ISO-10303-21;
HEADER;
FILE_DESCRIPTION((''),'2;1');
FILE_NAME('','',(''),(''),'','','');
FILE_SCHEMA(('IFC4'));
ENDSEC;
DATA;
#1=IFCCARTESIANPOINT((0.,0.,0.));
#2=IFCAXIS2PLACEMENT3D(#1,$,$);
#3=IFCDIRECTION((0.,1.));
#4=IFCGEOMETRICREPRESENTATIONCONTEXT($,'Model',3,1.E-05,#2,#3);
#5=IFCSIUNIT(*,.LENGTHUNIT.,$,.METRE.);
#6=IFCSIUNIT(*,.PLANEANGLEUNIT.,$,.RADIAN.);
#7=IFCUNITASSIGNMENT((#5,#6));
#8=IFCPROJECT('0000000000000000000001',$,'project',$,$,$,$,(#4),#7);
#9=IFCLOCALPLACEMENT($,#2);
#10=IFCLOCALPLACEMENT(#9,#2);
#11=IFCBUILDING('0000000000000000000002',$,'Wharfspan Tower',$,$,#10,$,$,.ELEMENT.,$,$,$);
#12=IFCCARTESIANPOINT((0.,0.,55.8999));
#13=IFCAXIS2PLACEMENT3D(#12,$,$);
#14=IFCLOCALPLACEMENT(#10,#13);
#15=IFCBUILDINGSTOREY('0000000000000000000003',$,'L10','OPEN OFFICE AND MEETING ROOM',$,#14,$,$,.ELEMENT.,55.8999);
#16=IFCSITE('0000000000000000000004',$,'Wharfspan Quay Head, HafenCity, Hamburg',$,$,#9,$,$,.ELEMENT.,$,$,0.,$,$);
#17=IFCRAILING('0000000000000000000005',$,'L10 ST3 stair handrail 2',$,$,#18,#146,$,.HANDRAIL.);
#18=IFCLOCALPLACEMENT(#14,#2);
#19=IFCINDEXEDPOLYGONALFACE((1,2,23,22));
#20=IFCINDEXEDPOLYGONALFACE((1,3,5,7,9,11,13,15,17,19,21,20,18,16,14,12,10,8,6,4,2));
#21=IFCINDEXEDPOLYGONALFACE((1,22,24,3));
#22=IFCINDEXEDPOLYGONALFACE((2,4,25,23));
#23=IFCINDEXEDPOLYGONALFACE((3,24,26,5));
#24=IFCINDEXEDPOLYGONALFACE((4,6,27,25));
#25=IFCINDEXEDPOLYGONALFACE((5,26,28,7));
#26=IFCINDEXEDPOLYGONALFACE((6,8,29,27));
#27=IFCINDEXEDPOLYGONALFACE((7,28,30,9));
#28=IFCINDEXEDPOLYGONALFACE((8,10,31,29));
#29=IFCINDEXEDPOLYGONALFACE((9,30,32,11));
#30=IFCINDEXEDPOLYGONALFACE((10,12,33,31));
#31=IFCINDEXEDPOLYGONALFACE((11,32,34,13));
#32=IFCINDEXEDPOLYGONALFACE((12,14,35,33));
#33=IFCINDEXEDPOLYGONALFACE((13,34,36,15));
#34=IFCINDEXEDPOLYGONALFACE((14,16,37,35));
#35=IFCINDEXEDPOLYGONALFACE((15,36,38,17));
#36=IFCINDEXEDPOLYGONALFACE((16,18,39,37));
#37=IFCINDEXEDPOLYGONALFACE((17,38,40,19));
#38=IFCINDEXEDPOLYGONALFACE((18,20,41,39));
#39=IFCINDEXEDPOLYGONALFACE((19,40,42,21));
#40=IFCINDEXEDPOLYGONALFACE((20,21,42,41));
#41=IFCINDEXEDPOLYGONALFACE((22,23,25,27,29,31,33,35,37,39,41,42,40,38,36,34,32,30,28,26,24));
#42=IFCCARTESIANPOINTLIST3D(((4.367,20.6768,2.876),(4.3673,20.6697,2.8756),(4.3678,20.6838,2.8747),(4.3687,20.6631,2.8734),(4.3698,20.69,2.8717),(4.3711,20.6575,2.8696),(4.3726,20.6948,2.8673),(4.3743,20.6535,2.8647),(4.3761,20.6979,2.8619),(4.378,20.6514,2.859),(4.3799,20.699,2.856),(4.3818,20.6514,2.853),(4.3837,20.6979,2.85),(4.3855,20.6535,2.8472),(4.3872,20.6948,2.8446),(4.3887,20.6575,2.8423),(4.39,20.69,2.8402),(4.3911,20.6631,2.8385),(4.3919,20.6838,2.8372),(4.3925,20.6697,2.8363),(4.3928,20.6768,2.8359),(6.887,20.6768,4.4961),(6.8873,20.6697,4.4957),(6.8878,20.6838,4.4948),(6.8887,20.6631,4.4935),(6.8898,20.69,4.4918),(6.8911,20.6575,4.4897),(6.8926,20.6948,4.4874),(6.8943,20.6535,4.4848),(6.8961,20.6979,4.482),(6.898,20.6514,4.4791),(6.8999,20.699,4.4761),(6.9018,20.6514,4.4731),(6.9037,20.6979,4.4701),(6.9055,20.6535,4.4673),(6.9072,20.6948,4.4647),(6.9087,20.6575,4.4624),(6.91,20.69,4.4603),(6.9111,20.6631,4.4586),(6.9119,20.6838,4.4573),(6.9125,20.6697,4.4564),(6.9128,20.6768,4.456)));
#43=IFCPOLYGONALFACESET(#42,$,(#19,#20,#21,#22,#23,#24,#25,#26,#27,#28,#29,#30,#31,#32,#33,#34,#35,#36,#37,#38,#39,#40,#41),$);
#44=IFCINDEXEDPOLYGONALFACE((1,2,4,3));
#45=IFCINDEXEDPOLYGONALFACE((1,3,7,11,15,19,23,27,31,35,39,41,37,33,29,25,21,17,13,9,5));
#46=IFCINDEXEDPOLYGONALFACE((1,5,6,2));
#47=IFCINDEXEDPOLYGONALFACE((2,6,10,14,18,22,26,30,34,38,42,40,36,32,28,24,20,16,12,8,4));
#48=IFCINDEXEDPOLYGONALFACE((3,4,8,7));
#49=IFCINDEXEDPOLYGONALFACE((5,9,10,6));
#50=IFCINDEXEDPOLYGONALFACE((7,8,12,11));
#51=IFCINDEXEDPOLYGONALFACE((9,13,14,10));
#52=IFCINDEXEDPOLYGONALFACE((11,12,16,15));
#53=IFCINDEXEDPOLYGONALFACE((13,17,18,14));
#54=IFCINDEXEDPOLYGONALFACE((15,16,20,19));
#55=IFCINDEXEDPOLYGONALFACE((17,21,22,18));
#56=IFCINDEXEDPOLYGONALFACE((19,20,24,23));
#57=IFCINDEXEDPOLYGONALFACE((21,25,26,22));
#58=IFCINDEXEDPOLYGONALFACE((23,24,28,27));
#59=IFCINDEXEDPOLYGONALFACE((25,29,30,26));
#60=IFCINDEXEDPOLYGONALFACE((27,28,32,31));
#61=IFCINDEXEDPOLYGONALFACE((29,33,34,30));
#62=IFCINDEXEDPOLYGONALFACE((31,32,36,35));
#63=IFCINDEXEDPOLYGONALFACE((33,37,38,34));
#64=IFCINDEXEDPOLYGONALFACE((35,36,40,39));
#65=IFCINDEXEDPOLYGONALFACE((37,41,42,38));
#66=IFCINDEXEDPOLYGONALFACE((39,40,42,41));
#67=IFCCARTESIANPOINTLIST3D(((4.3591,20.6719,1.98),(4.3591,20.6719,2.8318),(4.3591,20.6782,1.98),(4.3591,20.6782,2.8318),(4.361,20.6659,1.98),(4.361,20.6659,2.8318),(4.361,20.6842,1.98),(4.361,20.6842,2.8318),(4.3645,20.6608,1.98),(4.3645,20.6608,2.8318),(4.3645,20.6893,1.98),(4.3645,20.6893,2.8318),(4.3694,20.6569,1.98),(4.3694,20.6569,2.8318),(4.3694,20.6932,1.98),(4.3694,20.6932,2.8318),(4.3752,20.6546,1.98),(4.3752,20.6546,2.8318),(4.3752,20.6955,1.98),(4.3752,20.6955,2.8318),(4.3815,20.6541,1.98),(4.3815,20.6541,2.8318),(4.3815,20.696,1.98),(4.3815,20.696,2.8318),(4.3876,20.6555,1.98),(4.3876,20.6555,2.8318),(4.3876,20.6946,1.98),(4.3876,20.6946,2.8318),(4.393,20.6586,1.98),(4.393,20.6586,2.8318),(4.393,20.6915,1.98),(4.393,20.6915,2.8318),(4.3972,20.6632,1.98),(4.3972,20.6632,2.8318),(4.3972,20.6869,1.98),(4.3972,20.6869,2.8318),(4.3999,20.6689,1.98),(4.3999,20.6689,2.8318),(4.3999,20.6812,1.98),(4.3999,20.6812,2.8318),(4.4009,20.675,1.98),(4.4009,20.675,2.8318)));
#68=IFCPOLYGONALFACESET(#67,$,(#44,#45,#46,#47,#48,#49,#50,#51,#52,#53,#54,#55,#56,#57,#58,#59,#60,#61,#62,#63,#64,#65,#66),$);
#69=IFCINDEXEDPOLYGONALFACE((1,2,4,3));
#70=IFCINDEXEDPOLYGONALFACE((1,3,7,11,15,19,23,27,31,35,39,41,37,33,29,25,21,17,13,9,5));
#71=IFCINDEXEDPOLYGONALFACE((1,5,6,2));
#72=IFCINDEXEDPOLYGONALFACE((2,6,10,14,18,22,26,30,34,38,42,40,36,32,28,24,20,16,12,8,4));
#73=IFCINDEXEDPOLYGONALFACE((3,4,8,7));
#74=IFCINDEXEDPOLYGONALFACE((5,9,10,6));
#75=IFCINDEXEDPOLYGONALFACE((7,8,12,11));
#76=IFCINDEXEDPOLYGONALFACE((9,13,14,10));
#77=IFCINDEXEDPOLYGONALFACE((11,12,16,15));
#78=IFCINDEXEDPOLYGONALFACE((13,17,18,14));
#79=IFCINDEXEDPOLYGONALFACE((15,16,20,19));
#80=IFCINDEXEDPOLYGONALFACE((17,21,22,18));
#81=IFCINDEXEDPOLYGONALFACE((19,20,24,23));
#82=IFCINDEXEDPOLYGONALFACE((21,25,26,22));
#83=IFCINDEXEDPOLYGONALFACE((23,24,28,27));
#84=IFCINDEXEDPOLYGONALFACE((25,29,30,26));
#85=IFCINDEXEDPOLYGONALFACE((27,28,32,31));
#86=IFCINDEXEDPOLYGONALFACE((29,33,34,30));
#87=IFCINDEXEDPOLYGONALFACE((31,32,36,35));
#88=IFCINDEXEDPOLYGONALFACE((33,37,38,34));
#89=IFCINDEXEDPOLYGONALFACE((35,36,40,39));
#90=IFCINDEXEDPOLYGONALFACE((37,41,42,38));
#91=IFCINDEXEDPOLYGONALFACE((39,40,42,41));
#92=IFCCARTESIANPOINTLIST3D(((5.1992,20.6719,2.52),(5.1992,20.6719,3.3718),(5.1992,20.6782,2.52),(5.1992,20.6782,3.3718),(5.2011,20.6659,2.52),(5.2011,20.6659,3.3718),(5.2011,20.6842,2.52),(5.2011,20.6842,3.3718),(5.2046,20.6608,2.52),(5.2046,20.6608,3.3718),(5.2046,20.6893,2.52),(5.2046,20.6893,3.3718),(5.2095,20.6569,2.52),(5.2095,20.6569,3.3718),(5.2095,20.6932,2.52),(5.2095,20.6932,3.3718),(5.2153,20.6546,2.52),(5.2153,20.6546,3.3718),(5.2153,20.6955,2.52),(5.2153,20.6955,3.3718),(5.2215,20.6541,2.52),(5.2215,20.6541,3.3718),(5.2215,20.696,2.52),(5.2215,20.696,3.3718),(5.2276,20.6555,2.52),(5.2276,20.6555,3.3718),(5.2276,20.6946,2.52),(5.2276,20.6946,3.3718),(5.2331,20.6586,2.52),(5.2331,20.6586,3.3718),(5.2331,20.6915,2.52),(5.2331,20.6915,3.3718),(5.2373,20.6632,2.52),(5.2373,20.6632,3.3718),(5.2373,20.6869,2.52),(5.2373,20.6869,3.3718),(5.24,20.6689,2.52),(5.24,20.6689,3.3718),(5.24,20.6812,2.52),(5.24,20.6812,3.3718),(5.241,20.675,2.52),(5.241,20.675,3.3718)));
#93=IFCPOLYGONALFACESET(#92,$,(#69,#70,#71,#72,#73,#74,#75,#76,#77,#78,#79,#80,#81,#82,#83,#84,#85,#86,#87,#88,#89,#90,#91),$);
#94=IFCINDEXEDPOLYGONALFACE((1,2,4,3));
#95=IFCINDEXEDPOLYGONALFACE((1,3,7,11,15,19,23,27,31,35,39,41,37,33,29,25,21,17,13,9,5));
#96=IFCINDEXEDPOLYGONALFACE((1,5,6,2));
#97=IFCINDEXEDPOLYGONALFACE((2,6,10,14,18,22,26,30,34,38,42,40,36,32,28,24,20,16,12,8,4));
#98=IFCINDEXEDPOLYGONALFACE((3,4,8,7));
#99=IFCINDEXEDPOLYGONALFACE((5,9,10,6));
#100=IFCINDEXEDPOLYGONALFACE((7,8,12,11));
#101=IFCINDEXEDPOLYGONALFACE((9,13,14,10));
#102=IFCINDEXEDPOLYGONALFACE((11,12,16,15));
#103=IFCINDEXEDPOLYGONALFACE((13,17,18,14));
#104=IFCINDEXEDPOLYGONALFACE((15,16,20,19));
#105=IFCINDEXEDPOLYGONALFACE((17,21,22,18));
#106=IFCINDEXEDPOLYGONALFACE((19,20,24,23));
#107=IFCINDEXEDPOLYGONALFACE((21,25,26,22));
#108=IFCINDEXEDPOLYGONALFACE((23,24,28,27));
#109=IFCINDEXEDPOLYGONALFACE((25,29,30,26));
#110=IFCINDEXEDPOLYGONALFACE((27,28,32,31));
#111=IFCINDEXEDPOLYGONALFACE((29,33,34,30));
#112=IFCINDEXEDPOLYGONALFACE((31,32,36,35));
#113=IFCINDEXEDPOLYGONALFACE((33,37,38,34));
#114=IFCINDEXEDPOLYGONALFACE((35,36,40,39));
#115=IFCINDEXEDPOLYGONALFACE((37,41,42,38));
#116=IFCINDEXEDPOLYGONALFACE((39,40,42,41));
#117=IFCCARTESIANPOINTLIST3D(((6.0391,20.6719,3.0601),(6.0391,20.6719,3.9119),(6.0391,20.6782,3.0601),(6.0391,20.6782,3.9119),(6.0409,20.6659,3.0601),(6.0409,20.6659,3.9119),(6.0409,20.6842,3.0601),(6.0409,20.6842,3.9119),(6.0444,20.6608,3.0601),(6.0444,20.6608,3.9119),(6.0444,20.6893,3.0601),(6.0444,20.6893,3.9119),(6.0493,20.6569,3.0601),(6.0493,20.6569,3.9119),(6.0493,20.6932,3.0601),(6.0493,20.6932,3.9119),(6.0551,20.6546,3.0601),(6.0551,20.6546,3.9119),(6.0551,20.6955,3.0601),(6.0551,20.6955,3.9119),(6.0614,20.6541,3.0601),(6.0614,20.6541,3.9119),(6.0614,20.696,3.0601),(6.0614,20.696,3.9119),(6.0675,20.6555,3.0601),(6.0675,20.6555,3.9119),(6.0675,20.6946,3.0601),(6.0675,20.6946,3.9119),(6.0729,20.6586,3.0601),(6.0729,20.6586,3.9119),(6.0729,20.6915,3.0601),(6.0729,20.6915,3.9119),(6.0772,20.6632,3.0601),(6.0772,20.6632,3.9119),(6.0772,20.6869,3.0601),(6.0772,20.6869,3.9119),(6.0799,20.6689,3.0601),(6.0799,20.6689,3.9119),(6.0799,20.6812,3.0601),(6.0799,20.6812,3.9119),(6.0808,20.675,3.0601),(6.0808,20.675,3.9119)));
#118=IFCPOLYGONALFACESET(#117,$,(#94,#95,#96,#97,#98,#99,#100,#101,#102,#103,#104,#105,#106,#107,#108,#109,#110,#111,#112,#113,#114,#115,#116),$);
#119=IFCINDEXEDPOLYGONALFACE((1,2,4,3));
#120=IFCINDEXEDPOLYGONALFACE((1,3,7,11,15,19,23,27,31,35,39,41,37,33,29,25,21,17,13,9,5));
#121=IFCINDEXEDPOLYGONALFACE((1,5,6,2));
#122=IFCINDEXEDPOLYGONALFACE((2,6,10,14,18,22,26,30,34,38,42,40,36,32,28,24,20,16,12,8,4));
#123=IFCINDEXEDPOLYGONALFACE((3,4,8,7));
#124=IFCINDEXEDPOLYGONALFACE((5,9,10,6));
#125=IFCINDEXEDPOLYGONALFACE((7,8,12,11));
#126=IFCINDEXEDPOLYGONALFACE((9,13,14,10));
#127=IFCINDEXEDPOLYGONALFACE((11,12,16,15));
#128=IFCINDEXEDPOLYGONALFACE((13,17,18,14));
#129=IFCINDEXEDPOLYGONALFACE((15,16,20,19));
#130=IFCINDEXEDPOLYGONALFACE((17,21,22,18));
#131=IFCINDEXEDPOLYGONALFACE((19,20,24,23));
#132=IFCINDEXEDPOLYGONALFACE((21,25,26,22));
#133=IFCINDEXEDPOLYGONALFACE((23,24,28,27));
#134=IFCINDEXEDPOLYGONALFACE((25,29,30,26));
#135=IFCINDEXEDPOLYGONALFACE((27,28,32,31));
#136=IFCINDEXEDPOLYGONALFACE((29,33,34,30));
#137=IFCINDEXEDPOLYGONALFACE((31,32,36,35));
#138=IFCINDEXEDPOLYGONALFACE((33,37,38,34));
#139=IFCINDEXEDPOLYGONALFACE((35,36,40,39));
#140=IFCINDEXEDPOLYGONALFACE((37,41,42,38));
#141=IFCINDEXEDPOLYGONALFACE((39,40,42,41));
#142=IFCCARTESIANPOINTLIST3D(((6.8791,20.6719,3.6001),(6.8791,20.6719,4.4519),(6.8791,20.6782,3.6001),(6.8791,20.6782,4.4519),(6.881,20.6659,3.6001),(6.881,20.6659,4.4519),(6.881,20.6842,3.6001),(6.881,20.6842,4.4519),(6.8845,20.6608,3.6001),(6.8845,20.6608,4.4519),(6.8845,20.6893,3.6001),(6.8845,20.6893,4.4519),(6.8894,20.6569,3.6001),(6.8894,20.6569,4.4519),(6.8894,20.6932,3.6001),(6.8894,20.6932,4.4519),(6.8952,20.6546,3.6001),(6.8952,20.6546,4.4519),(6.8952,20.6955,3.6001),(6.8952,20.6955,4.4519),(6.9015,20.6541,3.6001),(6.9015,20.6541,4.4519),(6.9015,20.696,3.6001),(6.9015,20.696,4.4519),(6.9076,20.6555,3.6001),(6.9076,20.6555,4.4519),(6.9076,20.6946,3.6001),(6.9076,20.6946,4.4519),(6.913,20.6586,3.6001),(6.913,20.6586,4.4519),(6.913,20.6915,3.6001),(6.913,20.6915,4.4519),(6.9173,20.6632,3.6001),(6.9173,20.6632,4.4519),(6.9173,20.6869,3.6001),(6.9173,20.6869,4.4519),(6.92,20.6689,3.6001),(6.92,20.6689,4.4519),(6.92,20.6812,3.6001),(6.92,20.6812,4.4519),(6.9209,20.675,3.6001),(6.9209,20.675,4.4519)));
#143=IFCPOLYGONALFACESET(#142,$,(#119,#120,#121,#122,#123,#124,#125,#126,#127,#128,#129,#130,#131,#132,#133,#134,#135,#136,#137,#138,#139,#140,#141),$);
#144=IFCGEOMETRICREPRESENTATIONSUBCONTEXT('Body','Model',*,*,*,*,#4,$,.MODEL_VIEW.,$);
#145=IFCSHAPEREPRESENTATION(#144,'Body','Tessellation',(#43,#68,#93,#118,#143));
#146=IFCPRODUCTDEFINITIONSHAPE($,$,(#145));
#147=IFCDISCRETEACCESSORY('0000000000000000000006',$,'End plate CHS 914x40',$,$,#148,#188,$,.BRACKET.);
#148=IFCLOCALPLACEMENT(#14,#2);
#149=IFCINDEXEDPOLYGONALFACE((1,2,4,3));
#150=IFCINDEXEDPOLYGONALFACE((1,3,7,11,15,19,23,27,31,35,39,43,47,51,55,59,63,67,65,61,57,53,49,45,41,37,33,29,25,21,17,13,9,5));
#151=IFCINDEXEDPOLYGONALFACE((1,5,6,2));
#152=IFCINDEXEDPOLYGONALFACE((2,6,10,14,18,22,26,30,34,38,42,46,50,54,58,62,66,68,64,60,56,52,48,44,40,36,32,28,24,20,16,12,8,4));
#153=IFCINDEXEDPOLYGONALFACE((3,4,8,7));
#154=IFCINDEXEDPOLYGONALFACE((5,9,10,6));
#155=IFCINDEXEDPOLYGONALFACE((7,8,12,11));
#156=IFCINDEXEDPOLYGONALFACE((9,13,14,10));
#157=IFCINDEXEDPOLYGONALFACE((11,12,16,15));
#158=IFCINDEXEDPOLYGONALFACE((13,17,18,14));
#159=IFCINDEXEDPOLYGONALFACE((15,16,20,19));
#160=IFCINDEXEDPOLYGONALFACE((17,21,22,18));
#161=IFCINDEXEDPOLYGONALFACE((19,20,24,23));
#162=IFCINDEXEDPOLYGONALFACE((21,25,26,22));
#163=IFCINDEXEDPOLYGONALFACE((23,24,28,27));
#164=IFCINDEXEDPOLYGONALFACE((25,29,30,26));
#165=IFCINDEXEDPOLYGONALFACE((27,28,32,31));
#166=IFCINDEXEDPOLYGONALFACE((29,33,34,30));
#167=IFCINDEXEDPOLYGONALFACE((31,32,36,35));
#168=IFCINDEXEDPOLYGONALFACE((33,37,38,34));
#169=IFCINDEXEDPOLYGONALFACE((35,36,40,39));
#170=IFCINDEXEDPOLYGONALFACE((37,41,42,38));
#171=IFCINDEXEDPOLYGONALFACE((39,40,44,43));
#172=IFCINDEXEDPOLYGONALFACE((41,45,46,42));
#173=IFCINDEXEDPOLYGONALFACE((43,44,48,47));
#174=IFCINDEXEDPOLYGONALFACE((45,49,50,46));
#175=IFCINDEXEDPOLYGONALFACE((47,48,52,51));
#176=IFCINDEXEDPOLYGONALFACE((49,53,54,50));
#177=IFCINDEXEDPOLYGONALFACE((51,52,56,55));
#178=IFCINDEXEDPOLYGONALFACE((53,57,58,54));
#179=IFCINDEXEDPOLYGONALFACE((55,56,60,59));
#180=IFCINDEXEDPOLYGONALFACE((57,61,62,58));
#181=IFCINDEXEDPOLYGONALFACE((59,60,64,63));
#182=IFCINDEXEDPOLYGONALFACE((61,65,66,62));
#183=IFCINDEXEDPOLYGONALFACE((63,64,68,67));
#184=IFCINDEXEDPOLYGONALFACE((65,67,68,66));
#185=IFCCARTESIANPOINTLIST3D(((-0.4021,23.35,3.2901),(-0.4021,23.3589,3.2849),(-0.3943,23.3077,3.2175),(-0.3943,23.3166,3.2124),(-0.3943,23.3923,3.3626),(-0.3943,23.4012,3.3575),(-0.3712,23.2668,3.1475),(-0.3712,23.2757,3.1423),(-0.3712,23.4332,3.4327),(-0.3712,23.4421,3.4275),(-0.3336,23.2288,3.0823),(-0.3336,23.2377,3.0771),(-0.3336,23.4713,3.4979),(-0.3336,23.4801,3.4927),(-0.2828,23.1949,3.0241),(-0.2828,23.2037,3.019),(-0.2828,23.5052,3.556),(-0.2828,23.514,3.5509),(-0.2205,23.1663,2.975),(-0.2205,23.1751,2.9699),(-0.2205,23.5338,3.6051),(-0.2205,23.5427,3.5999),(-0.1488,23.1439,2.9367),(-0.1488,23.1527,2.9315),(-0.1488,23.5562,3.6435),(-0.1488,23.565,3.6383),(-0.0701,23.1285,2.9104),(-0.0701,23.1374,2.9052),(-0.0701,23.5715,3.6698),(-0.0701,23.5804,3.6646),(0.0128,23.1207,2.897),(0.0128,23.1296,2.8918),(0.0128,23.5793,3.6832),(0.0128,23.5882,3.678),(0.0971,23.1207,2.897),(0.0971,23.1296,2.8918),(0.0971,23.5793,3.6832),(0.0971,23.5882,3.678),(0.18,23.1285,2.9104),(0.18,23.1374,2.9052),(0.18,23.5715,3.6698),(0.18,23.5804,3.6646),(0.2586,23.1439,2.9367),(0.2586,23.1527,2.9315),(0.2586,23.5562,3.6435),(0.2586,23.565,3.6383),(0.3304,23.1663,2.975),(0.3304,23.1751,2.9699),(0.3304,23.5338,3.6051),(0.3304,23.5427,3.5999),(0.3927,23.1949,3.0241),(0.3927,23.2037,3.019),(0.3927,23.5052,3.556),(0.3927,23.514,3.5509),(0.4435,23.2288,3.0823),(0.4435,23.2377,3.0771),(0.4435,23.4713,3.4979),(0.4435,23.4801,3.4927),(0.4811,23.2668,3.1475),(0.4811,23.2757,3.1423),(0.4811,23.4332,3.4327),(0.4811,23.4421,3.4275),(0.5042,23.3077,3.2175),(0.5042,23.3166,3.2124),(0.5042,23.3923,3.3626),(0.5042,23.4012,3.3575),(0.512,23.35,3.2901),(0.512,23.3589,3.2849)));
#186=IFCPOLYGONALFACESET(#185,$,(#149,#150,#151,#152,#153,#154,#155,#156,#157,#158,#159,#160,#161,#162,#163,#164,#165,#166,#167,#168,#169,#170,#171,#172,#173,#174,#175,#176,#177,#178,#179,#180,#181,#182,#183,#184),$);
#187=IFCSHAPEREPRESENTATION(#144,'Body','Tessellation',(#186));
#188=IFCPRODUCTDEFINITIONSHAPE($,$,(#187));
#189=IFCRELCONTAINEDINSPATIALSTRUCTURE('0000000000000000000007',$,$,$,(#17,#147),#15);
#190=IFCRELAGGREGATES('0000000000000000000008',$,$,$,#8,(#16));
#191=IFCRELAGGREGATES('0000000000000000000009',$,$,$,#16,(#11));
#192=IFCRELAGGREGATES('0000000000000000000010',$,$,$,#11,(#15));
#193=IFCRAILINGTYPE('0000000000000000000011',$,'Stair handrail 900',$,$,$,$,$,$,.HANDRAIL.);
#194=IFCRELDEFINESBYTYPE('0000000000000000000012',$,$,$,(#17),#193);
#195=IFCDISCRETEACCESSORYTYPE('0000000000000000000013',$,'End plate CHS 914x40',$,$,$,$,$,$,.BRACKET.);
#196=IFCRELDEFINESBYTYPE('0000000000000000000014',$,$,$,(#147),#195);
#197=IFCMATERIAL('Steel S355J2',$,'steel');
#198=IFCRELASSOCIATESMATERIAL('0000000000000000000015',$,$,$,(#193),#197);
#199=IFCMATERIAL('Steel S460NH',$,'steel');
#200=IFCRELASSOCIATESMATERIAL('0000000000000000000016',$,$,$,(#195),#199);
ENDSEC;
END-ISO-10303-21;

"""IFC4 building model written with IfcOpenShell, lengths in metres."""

from ifc_helpers import new_model, si_unit, direction, frame, origin, origin_2d, place, context, subcontext, project, spatial, circle, extrude, material, material_profile, profile_set, type_object, element, save


model = new_model("IFC4")

# Units and contexts
model_context = context("Model", 3, precision=1e-05, world=origin(), true_north=direction((0.0, 1.0)))
body_context = subcontext(model_context, "Body", "Model", "MODEL_VIEW")
ifc_project = project(units=[si_unit("LENGTHUNIT", "METRE"), si_unit("PLANEANGLEUNIT", "RADIAN")], contexts=[model_context])

# Site, building, storey
site_placement = place(None, origin())
site = spatial("IfcSite", under=ifc_project, at=site_placement, Name="Wharfspan Quay Head, HafenCity, Hamburg", CompositionType="ELEMENT", RefElevation=0.0)
building_placement = place(site_placement, origin())
building = spatial("IfcBuilding", under=site, at=building_placement, Name="Wharfspan Tower", CompositionType="ELEMENT")
storey_placement = place(building_placement, frame((0.0, 0.0, 55.8999)))
storey = spatial("IfcBuildingStorey", under=building, at=storey_placement, Name="L10", Description="OPEN OFFICE AND MEETING ROOM", CompositionType="ELEMENT", Elevation=55.8999)

# Shared definitions
ifc_material_1 = material(Name="Steel S355J2", Category="steel")

# Shared definitions
ifc_material_2 = material(Name="Steel S460NH", Category="steel")

# Railing
railing_type_1 = type_object("IfcRailingType", Name="Stair handrail 900", PredefinedType="HANDRAIL", material=ifc_material_1)
railing_1_placement = place(storey_placement, frame((4.3799, 20.675, 1.98)))
element("IfcRailing", 1, at=railing_1_placement, inside=storey, type_object=railing_type_1, Name="L10 ST3 stair handrail 2", PredefinedType="HANDRAIL", context=body_context, shape_type="SweptSolid", body=[
    extrude(circle(Radius=0.0239, at=origin_2d()), frame((0.0, 0.0, 0.876), z_axis=(0.841163, 0.0, 0.540782), x_axis=(0.0, 1.0, 0.0)), (0.0, 0.0, 1.0), 2.9958),
    extrude(circle(Radius=0.021, at=origin_2d()), origin(), (0.0, 0.0, 1.0), 0.8518),
    extrude(circle(Radius=0.021, at=origin_2d()), frame((0.8401, 0.0, 0.54)), (0.0, 0.0, 1.0), 0.8518),
    extrude(circle(Radius=0.021, at=origin_2d()), frame((1.6799, 0.0, 1.0801)), (0.0, 0.0, 1.0), 0.8518),
    extrude(circle(Radius=0.021, at=origin_2d()), frame((2.52, 0.0, 1.6201)), (0.0, 0.0, 1.0), 0.8518),
])

# Discrete accessory
ifc_material_profile_1 = material_profile(ifc_material_2, circle(Radius=0.457, at=origin_2d()))
ifc_profile_set_1 = profile_set([ifc_material_profile_1], Name="Steel S460NH")
discrete_accessory_type = type_object("IfcDiscreteAccessoryType", Name="End plate CHS 914x40", PredefinedType="BRACKET", material=ifc_profile_set_1)
discrete_accessory_1_placement = place(storey_placement, frame((0.0549, 23.3589, 3.2849), z_axis=(0.0, -0.863779, 0.503871), x_axis=(1.0, 0.0, 0.0)))
element("IfcDiscreteAccessory", 2, at=discrete_accessory_1_placement, inside=storey, type_object=discrete_accessory_type, Name="End plate CHS 914x40", PredefinedType="BRACKET", context=body_context, shape_type="SweptSolid", body=[
    extrude(circle(Radius=0.457, at=origin_2d()), origin(), (0.0, 0.0, 1.0), 0.0103),
])

save(model, "model.ifc")
